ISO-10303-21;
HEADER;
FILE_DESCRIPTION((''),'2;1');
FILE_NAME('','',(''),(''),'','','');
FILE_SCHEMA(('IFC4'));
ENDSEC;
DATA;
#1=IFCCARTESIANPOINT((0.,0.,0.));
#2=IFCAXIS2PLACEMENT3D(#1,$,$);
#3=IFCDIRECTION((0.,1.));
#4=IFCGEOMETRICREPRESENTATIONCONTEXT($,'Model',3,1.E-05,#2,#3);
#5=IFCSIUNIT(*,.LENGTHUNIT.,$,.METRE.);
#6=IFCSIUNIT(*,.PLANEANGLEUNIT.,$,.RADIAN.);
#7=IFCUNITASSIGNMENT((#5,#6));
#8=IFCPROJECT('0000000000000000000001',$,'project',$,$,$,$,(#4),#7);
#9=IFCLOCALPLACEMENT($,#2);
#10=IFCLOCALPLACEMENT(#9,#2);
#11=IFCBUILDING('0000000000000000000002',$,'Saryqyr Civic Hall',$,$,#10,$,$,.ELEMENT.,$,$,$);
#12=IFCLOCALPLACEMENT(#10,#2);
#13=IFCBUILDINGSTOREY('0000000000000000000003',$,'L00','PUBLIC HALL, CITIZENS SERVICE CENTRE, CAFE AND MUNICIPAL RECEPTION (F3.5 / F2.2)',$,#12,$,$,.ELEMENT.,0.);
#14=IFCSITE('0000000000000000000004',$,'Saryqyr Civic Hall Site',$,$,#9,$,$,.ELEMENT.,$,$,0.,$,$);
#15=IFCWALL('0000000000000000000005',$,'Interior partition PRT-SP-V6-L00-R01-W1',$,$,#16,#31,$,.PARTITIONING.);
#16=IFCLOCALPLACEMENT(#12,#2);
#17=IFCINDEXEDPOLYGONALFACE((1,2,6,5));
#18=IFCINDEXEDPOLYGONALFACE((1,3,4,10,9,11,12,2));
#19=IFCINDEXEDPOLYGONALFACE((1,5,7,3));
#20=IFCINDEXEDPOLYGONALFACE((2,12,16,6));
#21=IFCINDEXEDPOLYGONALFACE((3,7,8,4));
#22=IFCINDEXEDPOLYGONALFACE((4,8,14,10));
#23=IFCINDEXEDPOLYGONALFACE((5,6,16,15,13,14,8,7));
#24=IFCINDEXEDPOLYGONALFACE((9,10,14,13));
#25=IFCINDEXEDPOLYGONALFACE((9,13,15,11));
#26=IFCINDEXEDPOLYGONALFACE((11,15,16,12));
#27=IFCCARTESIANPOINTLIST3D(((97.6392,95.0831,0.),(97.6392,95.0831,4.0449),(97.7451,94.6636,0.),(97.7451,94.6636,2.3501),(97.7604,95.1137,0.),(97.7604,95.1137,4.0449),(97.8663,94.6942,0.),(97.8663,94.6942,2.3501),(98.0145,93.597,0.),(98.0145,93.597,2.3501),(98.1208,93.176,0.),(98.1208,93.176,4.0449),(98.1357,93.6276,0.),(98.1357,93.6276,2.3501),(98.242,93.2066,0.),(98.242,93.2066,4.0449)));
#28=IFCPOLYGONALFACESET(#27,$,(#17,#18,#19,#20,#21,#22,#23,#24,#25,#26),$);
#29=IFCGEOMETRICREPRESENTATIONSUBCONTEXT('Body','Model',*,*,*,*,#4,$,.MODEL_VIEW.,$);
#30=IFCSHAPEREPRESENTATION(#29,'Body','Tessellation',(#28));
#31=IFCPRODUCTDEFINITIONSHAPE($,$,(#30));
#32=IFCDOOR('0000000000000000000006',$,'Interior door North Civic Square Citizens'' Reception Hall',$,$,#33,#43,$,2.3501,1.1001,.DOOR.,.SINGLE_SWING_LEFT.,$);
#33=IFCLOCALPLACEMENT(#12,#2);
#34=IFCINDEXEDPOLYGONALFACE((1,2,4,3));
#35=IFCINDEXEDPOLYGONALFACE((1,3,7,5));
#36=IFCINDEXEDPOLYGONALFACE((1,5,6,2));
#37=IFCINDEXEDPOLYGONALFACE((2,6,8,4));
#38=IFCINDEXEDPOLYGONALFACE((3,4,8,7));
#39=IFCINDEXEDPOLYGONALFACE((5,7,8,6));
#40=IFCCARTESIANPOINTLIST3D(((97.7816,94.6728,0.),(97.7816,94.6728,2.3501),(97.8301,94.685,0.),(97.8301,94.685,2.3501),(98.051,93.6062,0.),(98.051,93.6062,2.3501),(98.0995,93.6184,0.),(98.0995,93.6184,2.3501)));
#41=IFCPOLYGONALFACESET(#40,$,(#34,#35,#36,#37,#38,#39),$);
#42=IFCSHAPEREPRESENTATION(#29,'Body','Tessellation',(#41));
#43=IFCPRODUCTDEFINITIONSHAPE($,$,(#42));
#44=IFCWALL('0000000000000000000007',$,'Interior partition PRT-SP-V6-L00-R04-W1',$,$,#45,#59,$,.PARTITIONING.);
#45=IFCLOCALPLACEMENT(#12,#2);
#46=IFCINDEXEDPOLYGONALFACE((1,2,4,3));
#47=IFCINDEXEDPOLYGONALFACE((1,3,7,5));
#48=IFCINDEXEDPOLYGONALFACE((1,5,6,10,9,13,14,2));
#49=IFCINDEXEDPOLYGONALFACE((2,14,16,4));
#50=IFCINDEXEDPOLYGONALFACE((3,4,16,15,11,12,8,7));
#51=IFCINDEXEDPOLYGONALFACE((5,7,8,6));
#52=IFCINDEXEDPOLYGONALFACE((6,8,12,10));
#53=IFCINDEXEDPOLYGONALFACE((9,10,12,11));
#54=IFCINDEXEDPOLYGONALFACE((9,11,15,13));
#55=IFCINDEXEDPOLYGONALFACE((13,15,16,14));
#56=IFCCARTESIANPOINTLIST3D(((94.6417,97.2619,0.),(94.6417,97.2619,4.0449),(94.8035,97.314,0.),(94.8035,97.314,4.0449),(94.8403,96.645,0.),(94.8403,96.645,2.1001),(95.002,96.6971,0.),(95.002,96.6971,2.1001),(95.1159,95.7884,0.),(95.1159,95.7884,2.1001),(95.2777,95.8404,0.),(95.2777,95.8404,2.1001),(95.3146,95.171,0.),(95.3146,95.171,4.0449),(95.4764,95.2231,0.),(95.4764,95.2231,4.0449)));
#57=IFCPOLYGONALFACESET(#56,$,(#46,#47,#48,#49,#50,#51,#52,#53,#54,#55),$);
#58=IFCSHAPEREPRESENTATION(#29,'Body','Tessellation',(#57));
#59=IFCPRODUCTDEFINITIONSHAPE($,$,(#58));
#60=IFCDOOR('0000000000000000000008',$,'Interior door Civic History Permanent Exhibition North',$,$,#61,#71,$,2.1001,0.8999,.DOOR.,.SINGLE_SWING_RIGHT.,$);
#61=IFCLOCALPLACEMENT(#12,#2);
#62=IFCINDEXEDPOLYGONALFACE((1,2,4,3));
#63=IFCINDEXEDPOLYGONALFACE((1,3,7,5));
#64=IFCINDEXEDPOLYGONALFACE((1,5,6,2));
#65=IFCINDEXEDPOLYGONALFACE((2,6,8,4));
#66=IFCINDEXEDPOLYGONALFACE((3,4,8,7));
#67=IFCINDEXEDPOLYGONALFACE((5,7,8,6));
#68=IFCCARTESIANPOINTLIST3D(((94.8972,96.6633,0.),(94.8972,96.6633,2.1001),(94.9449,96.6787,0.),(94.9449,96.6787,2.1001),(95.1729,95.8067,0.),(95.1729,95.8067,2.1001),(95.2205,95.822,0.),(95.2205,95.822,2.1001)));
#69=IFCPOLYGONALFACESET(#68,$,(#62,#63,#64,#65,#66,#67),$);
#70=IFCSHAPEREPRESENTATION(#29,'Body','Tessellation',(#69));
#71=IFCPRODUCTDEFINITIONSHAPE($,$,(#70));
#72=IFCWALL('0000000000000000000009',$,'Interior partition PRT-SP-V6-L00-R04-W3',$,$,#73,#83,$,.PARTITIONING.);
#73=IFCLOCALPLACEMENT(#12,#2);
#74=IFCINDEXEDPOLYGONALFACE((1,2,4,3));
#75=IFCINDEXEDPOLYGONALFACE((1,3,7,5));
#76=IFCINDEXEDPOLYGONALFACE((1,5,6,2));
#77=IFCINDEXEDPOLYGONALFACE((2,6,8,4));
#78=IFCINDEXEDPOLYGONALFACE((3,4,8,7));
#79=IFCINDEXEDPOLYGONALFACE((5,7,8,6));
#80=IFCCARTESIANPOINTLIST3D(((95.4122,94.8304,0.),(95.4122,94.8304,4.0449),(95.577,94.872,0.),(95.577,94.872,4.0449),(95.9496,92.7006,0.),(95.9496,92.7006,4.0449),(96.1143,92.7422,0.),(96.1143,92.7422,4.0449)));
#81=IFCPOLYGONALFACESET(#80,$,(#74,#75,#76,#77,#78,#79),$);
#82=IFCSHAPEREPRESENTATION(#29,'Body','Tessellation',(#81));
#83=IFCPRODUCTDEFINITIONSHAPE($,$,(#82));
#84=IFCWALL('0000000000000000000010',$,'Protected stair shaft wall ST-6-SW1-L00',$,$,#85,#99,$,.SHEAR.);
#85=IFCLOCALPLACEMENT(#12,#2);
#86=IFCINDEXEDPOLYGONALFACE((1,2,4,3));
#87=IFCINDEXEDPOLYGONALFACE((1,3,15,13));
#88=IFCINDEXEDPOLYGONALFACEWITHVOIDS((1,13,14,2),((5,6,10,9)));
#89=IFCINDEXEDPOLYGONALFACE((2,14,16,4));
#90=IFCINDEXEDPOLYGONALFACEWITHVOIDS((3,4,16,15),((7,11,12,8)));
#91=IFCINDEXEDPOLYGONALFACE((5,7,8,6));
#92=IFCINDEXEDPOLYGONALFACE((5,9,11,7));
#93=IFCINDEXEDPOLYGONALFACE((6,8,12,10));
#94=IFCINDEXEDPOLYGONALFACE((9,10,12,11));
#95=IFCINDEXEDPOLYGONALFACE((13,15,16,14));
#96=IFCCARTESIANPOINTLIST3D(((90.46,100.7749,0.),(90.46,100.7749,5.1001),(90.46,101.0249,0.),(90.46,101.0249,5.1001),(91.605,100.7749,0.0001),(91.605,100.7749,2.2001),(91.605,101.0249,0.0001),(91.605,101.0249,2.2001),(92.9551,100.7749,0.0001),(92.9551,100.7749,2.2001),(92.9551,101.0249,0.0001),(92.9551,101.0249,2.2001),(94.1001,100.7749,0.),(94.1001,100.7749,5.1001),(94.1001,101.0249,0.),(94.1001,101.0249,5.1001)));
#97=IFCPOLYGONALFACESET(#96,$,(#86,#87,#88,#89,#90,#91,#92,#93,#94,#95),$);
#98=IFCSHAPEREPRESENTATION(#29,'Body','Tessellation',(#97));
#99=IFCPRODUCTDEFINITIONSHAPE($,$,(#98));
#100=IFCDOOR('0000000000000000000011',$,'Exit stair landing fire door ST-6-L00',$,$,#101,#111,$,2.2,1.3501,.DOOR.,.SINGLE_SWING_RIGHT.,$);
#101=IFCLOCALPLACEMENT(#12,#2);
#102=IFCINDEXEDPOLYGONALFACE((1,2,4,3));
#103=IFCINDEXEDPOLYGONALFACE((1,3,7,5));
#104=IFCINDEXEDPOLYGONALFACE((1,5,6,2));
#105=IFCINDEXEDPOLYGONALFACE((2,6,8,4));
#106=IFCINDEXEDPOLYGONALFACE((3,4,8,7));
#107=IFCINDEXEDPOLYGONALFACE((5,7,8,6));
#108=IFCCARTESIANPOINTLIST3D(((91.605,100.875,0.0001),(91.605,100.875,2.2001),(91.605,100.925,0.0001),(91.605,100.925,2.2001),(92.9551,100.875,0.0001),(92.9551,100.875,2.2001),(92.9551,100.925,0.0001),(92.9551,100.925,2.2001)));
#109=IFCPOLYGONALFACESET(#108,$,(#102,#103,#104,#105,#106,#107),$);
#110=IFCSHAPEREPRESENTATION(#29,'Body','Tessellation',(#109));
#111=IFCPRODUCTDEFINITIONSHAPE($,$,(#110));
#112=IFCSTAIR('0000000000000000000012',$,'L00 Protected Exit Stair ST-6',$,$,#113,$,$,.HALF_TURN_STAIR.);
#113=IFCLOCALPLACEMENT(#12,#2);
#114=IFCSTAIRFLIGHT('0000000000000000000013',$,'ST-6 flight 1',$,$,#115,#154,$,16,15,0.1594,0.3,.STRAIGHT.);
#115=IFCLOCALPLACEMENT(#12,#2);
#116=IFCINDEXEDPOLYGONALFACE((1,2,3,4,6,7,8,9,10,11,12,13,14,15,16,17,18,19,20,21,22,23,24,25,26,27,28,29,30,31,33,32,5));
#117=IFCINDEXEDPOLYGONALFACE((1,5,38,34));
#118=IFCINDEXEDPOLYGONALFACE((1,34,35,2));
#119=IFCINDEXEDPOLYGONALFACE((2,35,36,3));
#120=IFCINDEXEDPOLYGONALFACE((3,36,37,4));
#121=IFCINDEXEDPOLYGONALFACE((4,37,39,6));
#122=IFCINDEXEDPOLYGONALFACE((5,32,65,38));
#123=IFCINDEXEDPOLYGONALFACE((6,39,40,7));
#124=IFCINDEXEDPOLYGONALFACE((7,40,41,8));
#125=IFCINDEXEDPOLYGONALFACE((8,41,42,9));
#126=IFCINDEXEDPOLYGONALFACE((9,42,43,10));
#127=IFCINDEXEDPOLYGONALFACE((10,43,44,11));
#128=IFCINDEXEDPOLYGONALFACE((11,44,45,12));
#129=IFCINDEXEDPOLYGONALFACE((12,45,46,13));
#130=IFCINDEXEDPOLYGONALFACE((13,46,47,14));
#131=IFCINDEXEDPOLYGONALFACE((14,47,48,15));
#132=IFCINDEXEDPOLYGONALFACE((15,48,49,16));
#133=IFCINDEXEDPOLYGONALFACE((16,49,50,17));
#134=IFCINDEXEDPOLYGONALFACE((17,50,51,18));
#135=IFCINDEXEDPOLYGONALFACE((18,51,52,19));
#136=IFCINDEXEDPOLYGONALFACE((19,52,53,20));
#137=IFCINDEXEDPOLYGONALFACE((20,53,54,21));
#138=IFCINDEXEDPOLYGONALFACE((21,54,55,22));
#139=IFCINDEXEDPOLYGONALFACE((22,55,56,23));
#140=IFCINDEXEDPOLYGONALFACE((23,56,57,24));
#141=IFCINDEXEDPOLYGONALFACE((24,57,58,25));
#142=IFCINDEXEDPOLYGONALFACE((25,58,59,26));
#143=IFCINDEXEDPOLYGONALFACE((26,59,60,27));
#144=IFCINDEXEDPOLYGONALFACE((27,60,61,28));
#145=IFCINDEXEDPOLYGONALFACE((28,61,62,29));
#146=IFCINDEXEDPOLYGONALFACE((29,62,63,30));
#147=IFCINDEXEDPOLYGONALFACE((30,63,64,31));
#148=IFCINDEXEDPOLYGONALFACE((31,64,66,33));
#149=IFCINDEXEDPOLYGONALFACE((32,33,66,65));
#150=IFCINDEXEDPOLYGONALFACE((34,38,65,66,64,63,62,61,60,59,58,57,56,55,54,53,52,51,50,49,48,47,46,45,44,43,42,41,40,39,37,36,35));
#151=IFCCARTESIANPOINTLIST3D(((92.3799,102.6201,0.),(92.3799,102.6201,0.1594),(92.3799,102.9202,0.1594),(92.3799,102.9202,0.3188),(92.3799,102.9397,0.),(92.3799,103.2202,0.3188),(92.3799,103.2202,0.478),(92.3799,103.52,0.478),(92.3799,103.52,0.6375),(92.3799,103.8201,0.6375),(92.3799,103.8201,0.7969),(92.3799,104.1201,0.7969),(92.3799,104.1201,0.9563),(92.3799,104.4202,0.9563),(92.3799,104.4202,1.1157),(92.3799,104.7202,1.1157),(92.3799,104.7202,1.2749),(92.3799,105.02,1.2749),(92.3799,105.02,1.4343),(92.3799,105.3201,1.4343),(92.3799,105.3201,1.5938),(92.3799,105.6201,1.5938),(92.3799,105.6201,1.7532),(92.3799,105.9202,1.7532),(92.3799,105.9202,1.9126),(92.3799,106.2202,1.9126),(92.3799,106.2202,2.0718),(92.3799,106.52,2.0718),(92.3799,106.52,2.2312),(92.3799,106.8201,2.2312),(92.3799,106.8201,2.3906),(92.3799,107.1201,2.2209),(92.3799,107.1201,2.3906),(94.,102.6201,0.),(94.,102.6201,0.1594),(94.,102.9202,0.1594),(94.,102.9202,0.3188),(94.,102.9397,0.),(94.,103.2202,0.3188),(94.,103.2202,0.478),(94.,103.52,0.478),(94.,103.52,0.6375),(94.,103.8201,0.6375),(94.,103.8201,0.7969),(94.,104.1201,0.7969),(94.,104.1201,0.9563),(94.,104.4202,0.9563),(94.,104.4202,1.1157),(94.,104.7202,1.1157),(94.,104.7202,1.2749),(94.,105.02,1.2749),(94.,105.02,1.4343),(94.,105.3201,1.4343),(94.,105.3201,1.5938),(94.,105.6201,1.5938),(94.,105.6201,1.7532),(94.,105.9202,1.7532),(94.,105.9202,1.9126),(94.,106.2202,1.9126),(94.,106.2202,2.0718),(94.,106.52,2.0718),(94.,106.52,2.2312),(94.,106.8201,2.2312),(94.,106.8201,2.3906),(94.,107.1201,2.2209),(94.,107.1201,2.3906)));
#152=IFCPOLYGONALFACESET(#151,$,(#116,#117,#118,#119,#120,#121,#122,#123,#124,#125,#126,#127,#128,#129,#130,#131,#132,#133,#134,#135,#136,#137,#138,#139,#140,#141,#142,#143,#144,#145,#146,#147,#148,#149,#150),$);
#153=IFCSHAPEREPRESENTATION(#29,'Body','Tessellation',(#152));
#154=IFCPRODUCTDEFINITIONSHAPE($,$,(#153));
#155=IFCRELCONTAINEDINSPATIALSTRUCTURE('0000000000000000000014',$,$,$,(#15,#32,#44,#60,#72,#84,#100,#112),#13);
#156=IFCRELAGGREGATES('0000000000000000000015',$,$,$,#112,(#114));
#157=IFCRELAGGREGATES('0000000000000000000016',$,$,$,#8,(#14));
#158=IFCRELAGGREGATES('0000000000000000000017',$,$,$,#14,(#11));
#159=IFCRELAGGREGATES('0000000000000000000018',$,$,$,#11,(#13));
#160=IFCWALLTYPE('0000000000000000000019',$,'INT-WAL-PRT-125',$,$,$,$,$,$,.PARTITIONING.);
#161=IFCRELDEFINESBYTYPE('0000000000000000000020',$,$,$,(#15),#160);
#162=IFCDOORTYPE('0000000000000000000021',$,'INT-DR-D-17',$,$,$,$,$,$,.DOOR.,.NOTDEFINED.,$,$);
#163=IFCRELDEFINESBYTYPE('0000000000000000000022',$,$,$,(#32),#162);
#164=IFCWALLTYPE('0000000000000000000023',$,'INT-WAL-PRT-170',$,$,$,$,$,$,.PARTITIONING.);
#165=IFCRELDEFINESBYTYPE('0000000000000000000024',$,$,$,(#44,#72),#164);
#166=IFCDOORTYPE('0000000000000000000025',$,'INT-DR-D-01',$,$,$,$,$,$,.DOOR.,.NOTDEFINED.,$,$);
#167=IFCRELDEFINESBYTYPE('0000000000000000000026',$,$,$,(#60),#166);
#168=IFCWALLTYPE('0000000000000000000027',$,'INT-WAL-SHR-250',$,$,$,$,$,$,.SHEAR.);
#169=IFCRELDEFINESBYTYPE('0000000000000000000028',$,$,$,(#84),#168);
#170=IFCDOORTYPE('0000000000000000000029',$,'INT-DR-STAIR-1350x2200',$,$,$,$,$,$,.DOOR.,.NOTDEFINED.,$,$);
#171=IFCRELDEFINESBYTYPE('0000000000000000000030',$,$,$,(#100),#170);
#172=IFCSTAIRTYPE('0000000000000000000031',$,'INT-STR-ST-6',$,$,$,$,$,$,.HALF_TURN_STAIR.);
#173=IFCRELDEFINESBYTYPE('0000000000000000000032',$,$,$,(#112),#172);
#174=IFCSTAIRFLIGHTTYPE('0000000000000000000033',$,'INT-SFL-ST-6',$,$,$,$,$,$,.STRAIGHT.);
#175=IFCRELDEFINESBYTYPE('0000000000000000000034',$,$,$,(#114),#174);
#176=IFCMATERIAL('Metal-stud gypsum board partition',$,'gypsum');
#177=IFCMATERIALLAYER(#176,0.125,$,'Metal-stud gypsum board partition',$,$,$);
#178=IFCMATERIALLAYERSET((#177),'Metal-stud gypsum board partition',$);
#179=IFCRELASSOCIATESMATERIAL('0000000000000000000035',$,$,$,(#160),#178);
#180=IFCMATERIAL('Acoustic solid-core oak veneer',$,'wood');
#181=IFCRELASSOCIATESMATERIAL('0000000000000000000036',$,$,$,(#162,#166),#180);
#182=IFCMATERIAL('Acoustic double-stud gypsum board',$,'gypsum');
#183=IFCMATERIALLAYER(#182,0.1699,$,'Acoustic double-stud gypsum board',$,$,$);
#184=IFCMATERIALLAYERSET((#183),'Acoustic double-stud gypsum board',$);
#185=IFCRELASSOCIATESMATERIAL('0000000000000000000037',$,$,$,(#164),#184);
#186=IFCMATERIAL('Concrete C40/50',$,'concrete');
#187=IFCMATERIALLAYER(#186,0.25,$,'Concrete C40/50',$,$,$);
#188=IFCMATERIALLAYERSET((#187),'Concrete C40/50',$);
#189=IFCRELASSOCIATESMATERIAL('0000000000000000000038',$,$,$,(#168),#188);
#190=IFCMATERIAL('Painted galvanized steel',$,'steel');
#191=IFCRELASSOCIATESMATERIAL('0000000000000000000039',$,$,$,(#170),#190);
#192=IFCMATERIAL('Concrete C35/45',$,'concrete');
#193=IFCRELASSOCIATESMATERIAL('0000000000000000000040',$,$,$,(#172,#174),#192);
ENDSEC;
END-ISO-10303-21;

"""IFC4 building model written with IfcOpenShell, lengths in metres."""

from ifc_helpers import new_model, si_unit, direction, frame, frame_2d, origin, place, context, subcontext, project, spatial, polyline, rectangle, outline, extrude, material, layer, layer_set, type_object, element, fill, aggregate, save


model = new_model("IFC4")

# Units and contexts
model_context = context("Model", 3, precision=1e-05, world=origin(), true_north=direction((0.0, 1.0)))
body_context = subcontext(model_context, "Body", "Model", "MODEL_VIEW")
ifc_project = project(units=[si_unit("LENGTHUNIT", "METRE"), si_unit("PLANEANGLEUNIT", "RADIAN")], contexts=[model_context])

# Site, building, storey
site_placement = place(None, origin())
site = spatial("IfcSite", under=ifc_project, at=site_placement, Name="Saryqyr Civic Hall Site", CompositionType="ELEMENT", RefElevation=0.0)
building_placement = place(site_placement, origin())
building = spatial("IfcBuilding", under=site, at=building_placement, Name="Saryqyr Civic Hall", CompositionType="ELEMENT")
storey_placement = place(building_placement, origin())
storey = spatial("IfcBuildingStorey", under=building, at=storey_placement, Name="L00", Description="PUBLIC HALL, CITIZENS SERVICE CENTRE, CAFE AND MUNICIPAL RECEPTION (F3.5 / F2.2)", CompositionType="ELEMENT", Elevation=0.0)

# Shared definitions
ifc_material_1 = material(Name="Concrete C40/50", Category="concrete")

# Shared definitions
ifc_material_2 = material(Name="Concrete C35/45", Category="concrete")

# Walls, openings, doors
ifc_material_3 = material(Name="Metal-stud gypsum board partition", Category="gypsum")
ifc_layer_1 = layer(ifc_material_3, 0.125, Name="Metal-stud gypsum board partition")
ifc_layer_set_1 = layer_set([ifc_layer_1], Name="Metal-stud gypsum board partition")
wall_type_1 = type_object("IfcWallType", Name="INT-WAL-PRT-125", PredefinedType="PARTITIONING", material=ifc_layer_set_1)
wall_1_placement = place(storey_placement, frame((98.1814, 93.1914, 0.0), z_axis=(0.0, 0.0, 1.0), x_axis=(-0.244871, 0.969556, 0.0)))
wall_1 = element("IfcWall", 1, at=wall_1_placement, inside=storey, type_object=wall_type_1, Name="Interior partition PRT-SP-V6-L00-R01-W1", PredefinedType="PARTITIONING", context=body_context, shape_type="SweptSolid", body=[
    extrude(rectangle(XDim=1.967, YDim=0.125, at=frame_2d((0.9834, 0.0))), origin(), (0.0, 0.0, 1.0), 4.0449),
])
opening_1_placement = place(wall_1_placement, frame((0.4341, 0.0, 0.0)))
opening_1 = element("IfcOpeningElement", 2, at=opening_1_placement, cuts=wall_1, PredefinedType="OPENING", context=body_context, shape_type="SweptSolid", body=[
    extrude(rectangle(XDim=1.1001, YDim=2.3501, at=frame_2d((0.55, 1.175))), frame((0.0, 0.0725, 0.0), z_axis=(0.0, -1.0, 0.0), x_axis=(1.0, 0.0, 0.0)), (0.0, 0.0, 1.0), 0.145),
])
ifc_material_4 = material(Name="Acoustic solid-core oak veneer", Category="wood")
door_type_1 = type_object("IfcDoorType", Name="INT-DR-D-17", OperationType="NOTDEFINED", PredefinedType="DOOR", material=ifc_material_4)
door_1_placement = place(opening_1_placement, origin())
door_1 = element("IfcDoor", 3, at=door_1_placement, inside=storey, type_object=door_type_1, Name="Interior door North Civic Square Citizens' Reception Hall", OperationType="SINGLE_SWING_LEFT", OverallHeight=2.3501, OverallWidth=1.1001, PredefinedType="DOOR", context=body_context, shape_type="SweptSolid", body=[
    extrude(rectangle(XDim=1.1001, YDim=2.3501, at=frame_2d((0.55, 1.175))), frame((0.0, 0.0249, 0.0), z_axis=(0.0, -1.0, 0.0), x_axis=(1.0, 0.0, 0.0)), (0.0, 0.0, 1.0), 0.05),
])
fill(opening_1, door_1)
ifc_material_5 = material(Name="Acoustic double-stud gypsum board", Category="gypsum")
ifc_layer_2 = layer(ifc_material_5, 0.1699, Name="Acoustic double-stud gypsum board")
ifc_layer_set_2 = layer_set([ifc_layer_2], Name="Acoustic double-stud gypsum board")
wall_type_2 = type_object("IfcWallType", Name="INT-WAL-PRT-170", PredefinedType="PARTITIONING", material=ifc_layer_set_2)
wall_2_placement = place(storey_placement, frame((94.7227, 97.2878, 0.0), z_axis=(0.0, 0.0, 1.0), x_axis=(0.30634, -0.951922, 0.0)))
wall_2 = element("IfcWall", 4, at=wall_2_placement, inside=storey, type_object=wall_type_2, Name="Interior partition PRT-SP-V6-L00-R04-W1", PredefinedType="PARTITIONING", context=body_context, shape_type="SweptSolid", body=[
    extrude(rectangle(XDim=2.1965, YDim=0.1699, at=frame_2d((1.0981, 0.0))), origin(), (0.0, 0.0, 1.0), 4.0449),
])
opening_2_placement = place(wall_2_placement, frame((0.6479, 0.0, 0.0)))
opening_2 = element("IfcOpeningElement", 5, at=opening_2_placement, cuts=wall_2, PredefinedType="OPENING", context=body_context, shape_type="SweptSolid", body=[
    extrude(rectangle(XDim=0.8999, YDim=2.1001, at=frame_2d((0.45, 1.05))), frame((0.0, 0.095, 0.0), z_axis=(0.0, -1.0, 0.0), x_axis=(1.0, 0.0, 0.0)), (0.0, 0.0, 1.0), 0.1899),
])
door_type_2 = type_object("IfcDoorType", Name="INT-DR-D-01", OperationType="NOTDEFINED", PredefinedType="DOOR", material=ifc_material_4)
door_2_placement = place(opening_2_placement, origin())
door_2 = element("IfcDoor", 6, at=door_2_placement, inside=storey, type_object=door_type_2, Name="Interior door Civic History Permanent Exhibition North", OperationType="SINGLE_SWING_RIGHT", OverallHeight=2.1001, OverallWidth=0.8999, PredefinedType="DOOR", context=body_context, shape_type="SweptSolid", body=[
    extrude(rectangle(XDim=0.8999, YDim=2.1001, at=frame_2d((0.45, 1.05))), frame((0.0, 0.0249, 0.0), z_axis=(0.0, -1.0, 0.0), x_axis=(1.0, 0.0, 0.0)), (0.0, 0.0, 1.0), 0.05),
])
fill(opening_2, door_2)

# Wall
wall_3_placement = place(storey_placement, frame((95.4946, 94.8511, 0.0), z_axis=(0.0, 0.0, 1.0), x_axis=(0.244627, -0.969617, 0.0)))
element("IfcWall", 7, at=wall_3_placement, inside=storey, type_object=wall_type_2, Name="Interior partition PRT-SP-V6-L00-R04-W3", PredefinedType="PARTITIONING", context=body_context, shape_type="SweptSolid", body=[
    extrude(rectangle(XDim=2.1965, YDim=0.1699, at=frame_2d((1.0981, 0.0))), origin(), (0.0, 0.0, 1.0), 4.0449),
])

# Wall, opening, door
ifc_layer_3 = layer(ifc_material_1, 0.25, Name="Concrete C40/50")
ifc_layer_set_3 = layer_set([ifc_layer_3], Name="Concrete C40/50")
wall_type_3 = type_object("IfcWallType", Name="INT-WAL-SHR-250", PredefinedType="SHEAR", material=ifc_layer_set_3)
wall_4_placement = place(storey_placement, frame((94.1001, 100.8999, 0.0), z_axis=(0.0, 0.0, 1.0), x_axis=(-1.0, 0.0, 0.0)))
wall_4 = element("IfcWall", 8, at=wall_4_placement, inside=storey, type_object=wall_type_3, Name="Protected stair shaft wall ST-6-SW1-L00", PredefinedType="SHEAR", context=body_context, shape_type="SweptSolid", body=[
    extrude(rectangle(XDim=3.6401, YDim=0.25, at=frame_2d((1.8201, 0.0))), origin(), (0.0, 0.0, 1.0), 5.1001),
])
opening_3_placement = place(wall_4_placement, frame((1.145, 0.0, 0.0)))
opening_3 = element("IfcOpeningElement", 9, at=opening_3_placement, cuts=wall_4, PredefinedType="OPENING", context=body_context, shape_type="SweptSolid", body=[
    extrude(rectangle(XDim=1.3501, YDim=2.2, at=frame_2d((0.675, 1.1001))), frame((0.0, 0.135, 0.0), z_axis=(0.0, -1.0, 0.0), x_axis=(1.0, 0.0, 0.0)), (0.0, 0.0, 1.0), 0.27),
])
ifc_material_6 = material(Name="Painted galvanized steel", Category="steel")
door_type_3 = type_object("IfcDoorType", Name="INT-DR-STAIR-1350x2200", OperationType="NOTDEFINED", PredefinedType="DOOR", material=ifc_material_6)
door_3_placement = place(opening_3_placement, origin())
door_3 = element("IfcDoor", 10, at=door_3_placement, inside=storey, type_object=door_type_3, Name="Exit stair landing fire door ST-6-L00", OperationType="SINGLE_SWING_RIGHT", OverallHeight=2.2, OverallWidth=1.3501, PredefinedType="DOOR", context=body_context, shape_type="SweptSolid", body=[
    extrude(rectangle(XDim=1.3501, YDim=2.2, at=frame_2d((0.675, 1.1001))), frame((0.0, 0.0249, 0.0), z_axis=(0.0, -1.0, 0.0), x_axis=(1.0, 0.0, 0.0)), (0.0, 0.0, 1.0), 0.05),
])
fill(opening_3, door_3)

# Stair, stair flight
stair_type = type_object("IfcStairType", Name="INT-STR-ST-6", PredefinedType="HALF_TURN_STAIR", material=ifc_material_2)
stair_placement = place(storey_placement, origin())
stair = element("IfcStair", 11, at=stair_placement, inside=storey, type_object=stair_type, Name="L00 Protected Exit Stair ST-6", PredefinedType="HALF_TURN_STAIR")
stair_flight_type = type_object("IfcStairFlightType", Name="INT-SFL-ST-6", PredefinedType="STRAIGHT", material=ifc_material_2)
stair_flight_placement = place(storey_placement, frame((93.1899, 102.6201, 0.0), z_axis=(0.0, 0.0, 1.0), x_axis=(0.0, 1.0, 0.0)))
stair_flight = element("IfcStairFlight", 12, at=stair_flight_placement, type_object=stair_flight_type, Name="ST-6 flight 1", NumberOfRisers=16, NumberOfTreads=15, PredefinedType="STRAIGHT", RiserHeight=0.1594, TreadLength=0.3, context=body_context, shape_type="SweptSolid", body=[
    extrude(outline(polyline([(0.0, 0.0), (0.0, 0.1594), (0.3, 0.1594), (0.3, 0.3188), (0.6001, 0.3188), (0.6001, 0.478), (0.8999, 0.478), (0.8999, 0.6375), (1.2, 0.6375), (1.2, 0.7969), (1.5, 0.7969), (1.5, 0.9563), (1.8, 0.9563), (1.8, 1.1157), (2.1001, 1.1157), (2.1001, 1.2749), (2.3999, 1.2749), (2.3999, 1.4343), (2.7, 1.4343), (2.7, 1.5938), (3.0, 1.5938), (3.0, 1.7532), (3.3, 1.7532), (3.3, 1.9126), (3.6001, 1.9126), (3.6001, 2.0718), (3.8999, 2.0718), (3.8999, 2.2312), (4.2, 2.2312), (4.2, 2.3906), (4.5, 2.3906), (4.5, 2.55), (4.5, 2.2209), (0.3196, 0.0), (0.0, 0.0)])), frame((0.0, 0.8101, 0.0), z_axis=(0.0, -1.0, 0.0), x_axis=(1.0, 0.0, 0.0)), (0.0, 0.0, 1.0), 1.6201),
])
aggregate(stair, [stair_flight])

save(model, "model.ifc")
